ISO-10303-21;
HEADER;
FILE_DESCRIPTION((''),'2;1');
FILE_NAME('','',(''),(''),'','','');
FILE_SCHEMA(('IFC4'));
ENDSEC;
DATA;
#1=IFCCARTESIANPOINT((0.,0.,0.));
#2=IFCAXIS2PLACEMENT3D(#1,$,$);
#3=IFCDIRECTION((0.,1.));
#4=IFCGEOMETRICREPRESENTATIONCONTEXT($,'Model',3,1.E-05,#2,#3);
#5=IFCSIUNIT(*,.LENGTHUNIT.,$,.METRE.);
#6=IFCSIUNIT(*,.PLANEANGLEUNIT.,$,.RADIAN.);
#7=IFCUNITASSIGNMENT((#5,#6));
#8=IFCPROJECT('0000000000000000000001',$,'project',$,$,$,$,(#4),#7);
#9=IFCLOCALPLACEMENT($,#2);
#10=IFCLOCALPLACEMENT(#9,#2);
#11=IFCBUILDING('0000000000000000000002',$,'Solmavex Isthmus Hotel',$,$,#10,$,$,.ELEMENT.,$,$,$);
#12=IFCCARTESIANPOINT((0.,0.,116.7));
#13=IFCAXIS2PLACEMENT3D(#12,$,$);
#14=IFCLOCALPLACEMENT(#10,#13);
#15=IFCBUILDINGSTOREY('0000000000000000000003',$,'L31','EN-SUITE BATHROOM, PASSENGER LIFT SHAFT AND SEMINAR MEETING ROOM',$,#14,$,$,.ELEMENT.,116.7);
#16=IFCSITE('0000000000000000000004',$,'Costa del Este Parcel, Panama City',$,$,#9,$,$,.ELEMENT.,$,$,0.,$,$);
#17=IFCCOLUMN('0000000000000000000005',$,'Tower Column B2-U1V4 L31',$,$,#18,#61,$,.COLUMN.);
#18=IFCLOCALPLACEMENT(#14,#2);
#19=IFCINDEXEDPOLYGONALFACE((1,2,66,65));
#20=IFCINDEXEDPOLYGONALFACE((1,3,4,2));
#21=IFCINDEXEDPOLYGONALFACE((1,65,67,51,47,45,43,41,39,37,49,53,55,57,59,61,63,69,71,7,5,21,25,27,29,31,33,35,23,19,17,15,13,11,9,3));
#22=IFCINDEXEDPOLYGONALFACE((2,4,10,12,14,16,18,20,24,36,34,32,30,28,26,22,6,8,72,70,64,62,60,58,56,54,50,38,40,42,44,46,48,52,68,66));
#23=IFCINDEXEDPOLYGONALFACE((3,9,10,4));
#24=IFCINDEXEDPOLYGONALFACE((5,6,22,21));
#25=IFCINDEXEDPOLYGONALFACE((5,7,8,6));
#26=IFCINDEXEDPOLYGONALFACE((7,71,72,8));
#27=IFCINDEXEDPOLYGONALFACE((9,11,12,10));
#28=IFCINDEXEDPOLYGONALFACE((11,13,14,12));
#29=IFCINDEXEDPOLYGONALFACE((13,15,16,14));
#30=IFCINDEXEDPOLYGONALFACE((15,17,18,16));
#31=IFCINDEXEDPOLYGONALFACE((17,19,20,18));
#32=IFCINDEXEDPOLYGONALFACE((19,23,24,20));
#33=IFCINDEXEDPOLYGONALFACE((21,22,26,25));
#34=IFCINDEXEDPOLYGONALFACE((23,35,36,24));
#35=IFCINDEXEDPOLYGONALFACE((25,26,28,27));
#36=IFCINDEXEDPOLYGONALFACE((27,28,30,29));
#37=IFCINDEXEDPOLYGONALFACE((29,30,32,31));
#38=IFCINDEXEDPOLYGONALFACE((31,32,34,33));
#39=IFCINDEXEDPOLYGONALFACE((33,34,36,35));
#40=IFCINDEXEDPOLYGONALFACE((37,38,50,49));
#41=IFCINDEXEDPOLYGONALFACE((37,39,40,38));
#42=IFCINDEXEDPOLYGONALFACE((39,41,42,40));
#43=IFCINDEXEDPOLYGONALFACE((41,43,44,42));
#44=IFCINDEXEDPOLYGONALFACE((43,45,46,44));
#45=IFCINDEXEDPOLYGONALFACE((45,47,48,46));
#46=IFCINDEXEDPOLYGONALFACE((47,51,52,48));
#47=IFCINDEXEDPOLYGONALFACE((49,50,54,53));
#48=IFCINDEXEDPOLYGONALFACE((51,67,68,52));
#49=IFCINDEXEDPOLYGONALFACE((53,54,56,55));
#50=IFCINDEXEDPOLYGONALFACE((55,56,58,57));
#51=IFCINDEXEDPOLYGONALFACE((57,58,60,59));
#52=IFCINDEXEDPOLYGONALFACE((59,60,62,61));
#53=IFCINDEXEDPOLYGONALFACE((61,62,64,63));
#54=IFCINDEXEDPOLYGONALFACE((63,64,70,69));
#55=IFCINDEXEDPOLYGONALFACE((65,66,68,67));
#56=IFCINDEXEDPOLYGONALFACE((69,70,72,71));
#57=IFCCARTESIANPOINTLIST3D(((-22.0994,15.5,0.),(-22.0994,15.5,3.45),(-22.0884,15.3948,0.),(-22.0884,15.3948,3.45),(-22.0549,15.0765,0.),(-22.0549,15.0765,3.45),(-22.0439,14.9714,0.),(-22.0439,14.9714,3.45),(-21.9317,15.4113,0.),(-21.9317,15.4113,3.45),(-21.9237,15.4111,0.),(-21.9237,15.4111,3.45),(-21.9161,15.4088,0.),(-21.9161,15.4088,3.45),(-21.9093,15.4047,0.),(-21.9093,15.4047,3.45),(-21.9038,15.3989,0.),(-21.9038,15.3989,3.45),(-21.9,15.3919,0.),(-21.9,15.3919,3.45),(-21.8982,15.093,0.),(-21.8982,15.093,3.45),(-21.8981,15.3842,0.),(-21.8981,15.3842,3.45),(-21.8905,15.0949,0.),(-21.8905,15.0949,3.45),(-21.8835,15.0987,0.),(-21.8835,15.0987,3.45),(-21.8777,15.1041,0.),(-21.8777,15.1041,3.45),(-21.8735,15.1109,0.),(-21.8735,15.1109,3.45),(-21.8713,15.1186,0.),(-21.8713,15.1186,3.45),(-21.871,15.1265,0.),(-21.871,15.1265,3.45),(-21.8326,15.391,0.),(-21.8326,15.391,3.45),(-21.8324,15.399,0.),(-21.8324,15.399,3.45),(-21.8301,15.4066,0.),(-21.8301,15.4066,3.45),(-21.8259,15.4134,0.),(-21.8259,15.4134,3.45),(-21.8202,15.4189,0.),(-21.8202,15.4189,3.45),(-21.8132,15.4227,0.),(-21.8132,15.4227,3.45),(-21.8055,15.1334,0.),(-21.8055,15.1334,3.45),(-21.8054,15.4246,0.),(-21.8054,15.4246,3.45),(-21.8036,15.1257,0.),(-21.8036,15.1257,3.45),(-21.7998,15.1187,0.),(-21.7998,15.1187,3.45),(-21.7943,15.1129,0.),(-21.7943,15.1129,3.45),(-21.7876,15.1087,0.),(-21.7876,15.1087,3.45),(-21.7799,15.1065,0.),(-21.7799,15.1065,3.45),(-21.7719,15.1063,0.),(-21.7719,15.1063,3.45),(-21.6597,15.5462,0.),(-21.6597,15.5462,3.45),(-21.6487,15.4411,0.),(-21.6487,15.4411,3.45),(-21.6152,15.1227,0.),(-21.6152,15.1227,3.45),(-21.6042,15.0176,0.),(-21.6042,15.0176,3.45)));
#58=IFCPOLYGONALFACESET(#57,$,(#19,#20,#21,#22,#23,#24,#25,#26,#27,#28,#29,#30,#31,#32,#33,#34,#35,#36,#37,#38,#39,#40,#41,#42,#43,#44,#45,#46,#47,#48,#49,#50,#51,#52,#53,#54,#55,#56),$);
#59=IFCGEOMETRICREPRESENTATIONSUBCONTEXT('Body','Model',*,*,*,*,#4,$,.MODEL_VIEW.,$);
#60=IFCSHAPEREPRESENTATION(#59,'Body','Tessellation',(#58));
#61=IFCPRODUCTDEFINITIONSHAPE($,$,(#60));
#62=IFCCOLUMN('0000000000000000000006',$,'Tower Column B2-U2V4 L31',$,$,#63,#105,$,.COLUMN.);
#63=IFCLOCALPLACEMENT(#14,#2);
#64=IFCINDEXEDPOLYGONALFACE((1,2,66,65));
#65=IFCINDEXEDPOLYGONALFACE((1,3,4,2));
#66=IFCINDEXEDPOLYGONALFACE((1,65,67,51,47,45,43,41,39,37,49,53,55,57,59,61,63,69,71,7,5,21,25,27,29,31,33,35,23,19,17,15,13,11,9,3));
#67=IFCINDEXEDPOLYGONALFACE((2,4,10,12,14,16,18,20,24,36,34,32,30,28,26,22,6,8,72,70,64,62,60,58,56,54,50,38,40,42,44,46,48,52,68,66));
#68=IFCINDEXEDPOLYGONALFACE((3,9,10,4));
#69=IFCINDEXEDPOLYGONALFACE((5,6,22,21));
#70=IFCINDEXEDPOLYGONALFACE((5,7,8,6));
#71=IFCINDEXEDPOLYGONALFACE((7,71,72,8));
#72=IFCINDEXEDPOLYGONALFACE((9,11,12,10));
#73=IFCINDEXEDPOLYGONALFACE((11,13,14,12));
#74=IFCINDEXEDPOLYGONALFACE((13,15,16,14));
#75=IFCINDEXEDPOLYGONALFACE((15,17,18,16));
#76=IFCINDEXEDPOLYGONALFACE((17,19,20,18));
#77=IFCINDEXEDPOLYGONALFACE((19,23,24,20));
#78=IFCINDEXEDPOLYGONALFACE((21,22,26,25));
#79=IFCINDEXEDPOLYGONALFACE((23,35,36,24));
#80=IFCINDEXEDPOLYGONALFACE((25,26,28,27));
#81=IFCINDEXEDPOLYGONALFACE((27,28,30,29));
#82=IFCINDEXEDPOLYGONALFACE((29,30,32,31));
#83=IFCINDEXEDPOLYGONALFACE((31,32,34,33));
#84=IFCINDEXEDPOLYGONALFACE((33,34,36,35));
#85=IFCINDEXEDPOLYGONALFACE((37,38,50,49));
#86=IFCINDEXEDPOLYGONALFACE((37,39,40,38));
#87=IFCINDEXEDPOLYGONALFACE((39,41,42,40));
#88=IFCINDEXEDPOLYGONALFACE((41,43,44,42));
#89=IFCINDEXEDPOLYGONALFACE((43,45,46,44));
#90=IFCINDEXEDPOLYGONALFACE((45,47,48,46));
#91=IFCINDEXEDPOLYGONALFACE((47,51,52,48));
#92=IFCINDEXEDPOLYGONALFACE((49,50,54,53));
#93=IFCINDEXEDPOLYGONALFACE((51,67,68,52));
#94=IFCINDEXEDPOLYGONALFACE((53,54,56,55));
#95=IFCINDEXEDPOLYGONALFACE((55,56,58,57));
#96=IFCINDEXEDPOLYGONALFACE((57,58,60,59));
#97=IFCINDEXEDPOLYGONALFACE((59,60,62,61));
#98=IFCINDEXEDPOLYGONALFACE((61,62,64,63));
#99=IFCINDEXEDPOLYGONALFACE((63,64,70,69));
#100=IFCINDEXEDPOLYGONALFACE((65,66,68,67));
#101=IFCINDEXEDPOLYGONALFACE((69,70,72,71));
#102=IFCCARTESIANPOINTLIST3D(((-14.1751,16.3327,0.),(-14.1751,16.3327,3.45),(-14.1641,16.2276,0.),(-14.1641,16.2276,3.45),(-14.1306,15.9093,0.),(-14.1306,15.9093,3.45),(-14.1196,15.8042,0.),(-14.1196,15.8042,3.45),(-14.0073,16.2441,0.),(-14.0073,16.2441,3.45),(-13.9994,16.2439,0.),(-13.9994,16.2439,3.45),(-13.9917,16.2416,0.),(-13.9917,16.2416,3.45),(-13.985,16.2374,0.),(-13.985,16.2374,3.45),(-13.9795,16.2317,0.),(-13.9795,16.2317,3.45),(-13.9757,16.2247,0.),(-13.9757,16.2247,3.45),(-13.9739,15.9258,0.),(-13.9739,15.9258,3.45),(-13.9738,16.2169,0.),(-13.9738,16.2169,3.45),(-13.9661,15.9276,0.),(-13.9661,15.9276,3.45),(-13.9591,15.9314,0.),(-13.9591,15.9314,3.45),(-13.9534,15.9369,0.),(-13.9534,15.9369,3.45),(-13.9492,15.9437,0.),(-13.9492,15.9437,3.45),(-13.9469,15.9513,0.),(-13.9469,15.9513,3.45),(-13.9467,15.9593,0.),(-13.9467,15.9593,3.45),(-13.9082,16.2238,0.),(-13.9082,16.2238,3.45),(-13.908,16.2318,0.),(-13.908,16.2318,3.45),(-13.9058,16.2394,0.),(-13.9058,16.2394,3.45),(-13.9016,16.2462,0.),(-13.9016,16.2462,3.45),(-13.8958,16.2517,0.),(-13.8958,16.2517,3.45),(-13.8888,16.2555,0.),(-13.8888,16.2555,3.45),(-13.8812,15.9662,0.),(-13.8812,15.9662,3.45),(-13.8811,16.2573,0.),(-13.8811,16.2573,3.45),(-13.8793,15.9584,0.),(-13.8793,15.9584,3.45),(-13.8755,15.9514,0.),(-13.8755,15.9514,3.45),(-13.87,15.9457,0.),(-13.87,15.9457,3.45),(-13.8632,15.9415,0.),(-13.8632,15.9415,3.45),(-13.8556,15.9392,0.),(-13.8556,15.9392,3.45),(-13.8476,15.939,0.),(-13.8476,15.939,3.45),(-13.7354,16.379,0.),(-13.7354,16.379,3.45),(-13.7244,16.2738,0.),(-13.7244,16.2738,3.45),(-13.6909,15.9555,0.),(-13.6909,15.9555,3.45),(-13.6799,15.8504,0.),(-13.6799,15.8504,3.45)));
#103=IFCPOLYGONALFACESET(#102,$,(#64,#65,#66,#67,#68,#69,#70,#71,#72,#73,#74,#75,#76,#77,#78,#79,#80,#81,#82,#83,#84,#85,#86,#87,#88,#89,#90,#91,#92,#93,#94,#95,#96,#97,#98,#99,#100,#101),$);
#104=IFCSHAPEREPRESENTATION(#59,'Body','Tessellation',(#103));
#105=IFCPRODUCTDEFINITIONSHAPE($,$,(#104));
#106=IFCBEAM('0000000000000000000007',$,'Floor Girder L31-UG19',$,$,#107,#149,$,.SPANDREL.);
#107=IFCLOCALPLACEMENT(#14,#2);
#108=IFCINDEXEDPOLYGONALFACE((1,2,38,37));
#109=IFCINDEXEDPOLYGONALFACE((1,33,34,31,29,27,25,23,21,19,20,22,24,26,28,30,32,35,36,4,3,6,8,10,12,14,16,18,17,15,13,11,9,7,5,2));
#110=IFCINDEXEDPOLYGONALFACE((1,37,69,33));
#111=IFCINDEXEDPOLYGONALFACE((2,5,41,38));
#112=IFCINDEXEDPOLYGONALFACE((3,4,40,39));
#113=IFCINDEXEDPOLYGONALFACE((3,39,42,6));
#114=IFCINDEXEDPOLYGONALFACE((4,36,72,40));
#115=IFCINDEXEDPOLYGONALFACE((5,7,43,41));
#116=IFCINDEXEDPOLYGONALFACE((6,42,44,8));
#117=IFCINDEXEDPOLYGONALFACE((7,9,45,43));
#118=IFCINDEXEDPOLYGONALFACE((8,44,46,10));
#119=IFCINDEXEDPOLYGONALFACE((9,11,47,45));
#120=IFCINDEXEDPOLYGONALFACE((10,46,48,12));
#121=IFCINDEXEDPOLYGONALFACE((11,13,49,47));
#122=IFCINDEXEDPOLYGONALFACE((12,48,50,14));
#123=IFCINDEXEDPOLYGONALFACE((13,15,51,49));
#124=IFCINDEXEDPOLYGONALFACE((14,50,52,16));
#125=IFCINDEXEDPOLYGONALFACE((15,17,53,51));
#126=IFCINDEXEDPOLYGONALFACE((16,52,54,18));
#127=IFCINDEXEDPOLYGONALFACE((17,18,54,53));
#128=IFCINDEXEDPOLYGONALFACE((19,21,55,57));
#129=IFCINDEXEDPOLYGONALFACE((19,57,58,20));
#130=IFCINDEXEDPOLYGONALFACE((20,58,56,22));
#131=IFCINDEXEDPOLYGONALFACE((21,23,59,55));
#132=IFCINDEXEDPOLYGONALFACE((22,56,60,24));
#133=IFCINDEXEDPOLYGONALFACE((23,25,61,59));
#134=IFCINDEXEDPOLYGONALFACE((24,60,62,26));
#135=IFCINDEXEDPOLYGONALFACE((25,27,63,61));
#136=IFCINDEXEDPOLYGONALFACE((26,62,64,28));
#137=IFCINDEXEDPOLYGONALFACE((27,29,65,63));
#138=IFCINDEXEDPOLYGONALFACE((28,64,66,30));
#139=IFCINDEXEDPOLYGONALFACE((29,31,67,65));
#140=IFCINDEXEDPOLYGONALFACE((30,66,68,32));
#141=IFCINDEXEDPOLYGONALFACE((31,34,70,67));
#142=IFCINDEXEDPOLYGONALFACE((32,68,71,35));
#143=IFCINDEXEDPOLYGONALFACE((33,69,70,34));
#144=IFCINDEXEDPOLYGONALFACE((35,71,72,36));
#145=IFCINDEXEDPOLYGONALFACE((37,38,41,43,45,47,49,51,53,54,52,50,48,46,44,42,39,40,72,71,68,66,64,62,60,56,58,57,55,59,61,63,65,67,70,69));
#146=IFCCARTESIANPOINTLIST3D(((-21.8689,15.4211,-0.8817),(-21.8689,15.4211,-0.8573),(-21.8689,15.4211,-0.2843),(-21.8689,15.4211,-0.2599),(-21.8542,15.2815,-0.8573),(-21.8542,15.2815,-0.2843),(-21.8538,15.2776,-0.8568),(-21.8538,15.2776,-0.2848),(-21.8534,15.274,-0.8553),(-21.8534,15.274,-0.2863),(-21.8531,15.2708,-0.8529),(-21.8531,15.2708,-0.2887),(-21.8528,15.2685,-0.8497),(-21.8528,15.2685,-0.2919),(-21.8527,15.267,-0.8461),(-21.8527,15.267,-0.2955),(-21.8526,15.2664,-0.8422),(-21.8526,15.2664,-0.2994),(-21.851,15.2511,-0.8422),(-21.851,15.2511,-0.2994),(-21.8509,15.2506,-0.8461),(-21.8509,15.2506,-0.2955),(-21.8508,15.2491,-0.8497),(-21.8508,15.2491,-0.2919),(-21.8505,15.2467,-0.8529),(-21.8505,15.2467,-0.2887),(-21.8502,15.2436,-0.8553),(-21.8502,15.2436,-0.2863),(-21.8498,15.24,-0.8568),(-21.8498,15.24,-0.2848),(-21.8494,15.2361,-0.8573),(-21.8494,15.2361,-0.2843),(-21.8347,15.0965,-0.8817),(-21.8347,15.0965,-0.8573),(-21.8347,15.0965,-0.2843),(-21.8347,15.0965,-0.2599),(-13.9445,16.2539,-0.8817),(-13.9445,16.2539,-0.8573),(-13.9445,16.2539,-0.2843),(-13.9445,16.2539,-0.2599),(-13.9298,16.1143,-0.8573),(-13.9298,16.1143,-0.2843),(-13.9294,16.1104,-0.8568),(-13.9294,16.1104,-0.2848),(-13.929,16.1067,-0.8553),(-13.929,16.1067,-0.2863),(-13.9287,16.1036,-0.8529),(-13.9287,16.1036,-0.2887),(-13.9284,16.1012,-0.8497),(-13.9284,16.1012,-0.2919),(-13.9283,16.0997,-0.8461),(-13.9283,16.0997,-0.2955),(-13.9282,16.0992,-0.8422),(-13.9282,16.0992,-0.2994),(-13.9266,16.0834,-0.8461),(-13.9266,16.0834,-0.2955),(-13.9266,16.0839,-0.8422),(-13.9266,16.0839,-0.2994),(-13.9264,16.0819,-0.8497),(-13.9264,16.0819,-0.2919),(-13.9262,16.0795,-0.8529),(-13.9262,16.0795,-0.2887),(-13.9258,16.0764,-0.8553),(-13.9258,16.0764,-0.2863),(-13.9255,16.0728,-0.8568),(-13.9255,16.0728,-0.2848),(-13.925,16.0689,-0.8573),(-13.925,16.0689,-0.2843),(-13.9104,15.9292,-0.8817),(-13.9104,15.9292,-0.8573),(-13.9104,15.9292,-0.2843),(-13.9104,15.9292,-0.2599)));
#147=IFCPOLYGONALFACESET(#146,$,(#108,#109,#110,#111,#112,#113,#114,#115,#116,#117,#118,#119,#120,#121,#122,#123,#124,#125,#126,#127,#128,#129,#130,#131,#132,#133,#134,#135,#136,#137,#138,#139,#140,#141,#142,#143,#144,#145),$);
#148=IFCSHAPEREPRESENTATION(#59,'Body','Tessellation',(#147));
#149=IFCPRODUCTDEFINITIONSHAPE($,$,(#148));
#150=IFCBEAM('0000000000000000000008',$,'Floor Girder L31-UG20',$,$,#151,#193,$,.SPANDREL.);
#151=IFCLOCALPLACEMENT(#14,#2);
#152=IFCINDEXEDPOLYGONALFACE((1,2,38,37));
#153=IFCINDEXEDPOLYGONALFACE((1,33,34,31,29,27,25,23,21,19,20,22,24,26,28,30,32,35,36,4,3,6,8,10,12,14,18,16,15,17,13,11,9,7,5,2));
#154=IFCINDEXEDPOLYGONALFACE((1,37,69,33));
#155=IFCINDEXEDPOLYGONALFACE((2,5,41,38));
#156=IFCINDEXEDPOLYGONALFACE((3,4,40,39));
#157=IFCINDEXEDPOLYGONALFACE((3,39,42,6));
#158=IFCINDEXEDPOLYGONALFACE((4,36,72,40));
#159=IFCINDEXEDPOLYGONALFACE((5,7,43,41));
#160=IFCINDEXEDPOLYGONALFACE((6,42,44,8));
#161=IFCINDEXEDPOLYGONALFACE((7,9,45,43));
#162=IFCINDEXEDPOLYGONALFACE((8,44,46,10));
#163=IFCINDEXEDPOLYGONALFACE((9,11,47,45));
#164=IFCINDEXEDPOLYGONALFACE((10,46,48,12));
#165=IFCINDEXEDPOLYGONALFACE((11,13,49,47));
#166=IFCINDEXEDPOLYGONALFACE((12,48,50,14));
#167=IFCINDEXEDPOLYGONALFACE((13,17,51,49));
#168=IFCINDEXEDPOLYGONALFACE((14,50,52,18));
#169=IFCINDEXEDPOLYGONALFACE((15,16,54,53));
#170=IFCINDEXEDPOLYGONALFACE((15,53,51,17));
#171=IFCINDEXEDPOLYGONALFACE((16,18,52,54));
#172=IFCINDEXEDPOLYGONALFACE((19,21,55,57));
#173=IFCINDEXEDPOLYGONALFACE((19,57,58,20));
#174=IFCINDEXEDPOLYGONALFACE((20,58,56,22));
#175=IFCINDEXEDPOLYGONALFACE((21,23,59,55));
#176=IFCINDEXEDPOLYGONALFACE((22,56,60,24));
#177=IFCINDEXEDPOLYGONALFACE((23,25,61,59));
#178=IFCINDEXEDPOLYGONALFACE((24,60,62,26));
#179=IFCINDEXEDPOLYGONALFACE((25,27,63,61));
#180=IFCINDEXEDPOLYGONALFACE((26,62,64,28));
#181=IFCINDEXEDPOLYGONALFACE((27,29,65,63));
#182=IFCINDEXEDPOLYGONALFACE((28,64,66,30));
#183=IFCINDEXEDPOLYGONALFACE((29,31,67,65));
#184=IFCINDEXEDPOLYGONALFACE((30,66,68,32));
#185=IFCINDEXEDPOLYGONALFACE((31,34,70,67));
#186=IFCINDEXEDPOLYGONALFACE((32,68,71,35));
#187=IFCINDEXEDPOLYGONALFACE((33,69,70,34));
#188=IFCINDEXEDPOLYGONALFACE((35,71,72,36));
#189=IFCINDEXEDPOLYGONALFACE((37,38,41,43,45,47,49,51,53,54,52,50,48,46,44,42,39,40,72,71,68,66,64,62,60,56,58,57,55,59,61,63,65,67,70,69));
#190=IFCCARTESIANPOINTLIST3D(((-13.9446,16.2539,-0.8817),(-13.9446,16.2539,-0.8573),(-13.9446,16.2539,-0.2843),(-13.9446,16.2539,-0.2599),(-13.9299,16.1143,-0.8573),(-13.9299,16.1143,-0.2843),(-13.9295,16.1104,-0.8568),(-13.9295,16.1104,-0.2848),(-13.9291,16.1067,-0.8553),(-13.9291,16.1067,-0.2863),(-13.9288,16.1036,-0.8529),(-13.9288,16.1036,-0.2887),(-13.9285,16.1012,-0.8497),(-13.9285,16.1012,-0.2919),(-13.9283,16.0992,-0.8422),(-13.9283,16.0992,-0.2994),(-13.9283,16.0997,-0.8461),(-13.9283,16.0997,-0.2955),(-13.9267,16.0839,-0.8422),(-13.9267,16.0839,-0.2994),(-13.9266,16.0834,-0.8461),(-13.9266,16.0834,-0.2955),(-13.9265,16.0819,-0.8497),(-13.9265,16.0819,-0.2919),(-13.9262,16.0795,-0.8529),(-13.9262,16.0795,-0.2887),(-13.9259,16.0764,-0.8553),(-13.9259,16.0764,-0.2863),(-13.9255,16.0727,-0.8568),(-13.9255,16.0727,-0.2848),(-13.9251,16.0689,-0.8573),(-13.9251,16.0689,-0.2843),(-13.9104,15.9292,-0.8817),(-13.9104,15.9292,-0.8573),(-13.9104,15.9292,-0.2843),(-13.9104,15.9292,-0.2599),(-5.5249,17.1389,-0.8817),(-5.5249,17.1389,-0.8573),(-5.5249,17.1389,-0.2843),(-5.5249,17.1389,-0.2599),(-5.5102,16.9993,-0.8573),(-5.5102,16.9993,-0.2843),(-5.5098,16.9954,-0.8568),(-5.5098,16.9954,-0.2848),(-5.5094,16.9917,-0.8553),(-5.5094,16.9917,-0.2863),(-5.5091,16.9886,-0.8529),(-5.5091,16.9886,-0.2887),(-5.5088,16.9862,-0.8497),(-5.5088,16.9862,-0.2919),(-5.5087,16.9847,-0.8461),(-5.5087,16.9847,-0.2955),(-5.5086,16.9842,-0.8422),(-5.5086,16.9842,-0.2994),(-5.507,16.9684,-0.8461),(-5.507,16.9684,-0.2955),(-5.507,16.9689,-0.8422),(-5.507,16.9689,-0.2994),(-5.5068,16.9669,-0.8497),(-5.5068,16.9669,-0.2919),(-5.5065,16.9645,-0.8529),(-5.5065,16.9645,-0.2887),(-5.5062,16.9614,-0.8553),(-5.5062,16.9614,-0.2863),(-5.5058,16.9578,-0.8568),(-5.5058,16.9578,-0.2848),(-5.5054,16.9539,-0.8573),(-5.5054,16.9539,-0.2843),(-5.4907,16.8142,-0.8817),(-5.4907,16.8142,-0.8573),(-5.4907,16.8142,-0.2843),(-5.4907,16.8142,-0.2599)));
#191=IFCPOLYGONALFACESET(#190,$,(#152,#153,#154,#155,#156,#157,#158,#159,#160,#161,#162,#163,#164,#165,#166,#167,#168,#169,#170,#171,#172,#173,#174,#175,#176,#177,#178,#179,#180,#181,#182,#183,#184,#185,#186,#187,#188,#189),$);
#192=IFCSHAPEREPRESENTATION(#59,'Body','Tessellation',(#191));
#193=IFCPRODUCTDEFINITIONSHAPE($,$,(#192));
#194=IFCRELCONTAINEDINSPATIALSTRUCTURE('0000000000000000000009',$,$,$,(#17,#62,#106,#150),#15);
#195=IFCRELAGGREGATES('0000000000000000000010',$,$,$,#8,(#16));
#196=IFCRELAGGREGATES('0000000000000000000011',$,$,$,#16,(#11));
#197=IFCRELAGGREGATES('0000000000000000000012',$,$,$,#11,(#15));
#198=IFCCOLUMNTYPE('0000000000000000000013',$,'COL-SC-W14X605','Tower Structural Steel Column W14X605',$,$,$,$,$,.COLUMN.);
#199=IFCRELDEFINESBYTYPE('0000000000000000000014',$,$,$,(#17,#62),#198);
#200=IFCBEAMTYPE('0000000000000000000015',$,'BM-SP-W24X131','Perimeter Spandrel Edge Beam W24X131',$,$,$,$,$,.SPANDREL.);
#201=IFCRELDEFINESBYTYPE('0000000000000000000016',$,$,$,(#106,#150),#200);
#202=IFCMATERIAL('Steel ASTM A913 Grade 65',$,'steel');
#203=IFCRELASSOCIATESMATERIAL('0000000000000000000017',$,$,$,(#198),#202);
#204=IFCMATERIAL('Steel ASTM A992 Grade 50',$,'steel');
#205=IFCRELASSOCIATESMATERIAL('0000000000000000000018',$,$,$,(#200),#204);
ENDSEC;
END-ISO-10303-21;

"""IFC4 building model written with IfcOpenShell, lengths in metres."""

from ifc_helpers import new_model, si_unit, direction, frame, origin, origin_2d, place, context, subcontext, project, spatial, i_section, extrude, material, material_profile, profile_set, type_object, element, save


model = new_model("IFC4")

# Units and contexts
model_context = context("Model", 3, precision=1e-05, world=origin(), true_north=direction((0.0, 1.0)))
body_context = subcontext(model_context, "Body", "Model", "MODEL_VIEW")
ifc_project = project(units=[si_unit("LENGTHUNIT", "METRE"), si_unit("PLANEANGLEUNIT", "RADIAN")], contexts=[model_context])

# Site, building, storey
site_placement = place(None, origin())
site = spatial("IfcSite", under=ifc_project, at=site_placement, Name="Costa del Este Parcel, Panama City", CompositionType="ELEMENT", RefElevation=0.0)
building_placement = place(site_placement, origin())
building = spatial("IfcBuilding", under=site, at=building_placement, Name="Solmavex Isthmus Hotel", CompositionType="ELEMENT")
storey_placement = place(building_placement, frame((0.0, 0.0, 116.7)))
storey = spatial("IfcBuildingStorey", under=building, at=storey_placement, Name="L31", Description="EN-SUITE BATHROOM, PASSENGER LIFT SHAFT AND SEMINAR MEETING ROOM", CompositionType="ELEMENT", Elevation=116.7)

# Columns
ifc_material_1 = material(Name="Steel ASTM A913 Grade 65", Category="steel")
ifc_material_profile_1 = material_profile(ifc_material_1, i_section(OverallWidth=0.4421, OverallDepth=0.5315, WebThickness=0.0659, FlangeThickness=0.1057, FilletRadius=0.0305, at=origin_2d()), Name="W14X605")
ifc_profile_set_1 = profile_set([ifc_material_profile_1], Name="Steel ASTM A913 Grade 65")
column_type = type_object("IfcColumnType", Name="COL-SC-W14X605", Description="Tower Structural Steel Column W14X605", PredefinedType="COLUMN", material=ifc_profile_set_1)
for number, where, z_axis, x_axis, name in (
    (1, (-21.8518, 15.2588, 0.0), (0.0, 0.0, 1.0), (0.994522, 0.104528, 0.0), "Tower Column B2-U1V4 L31"),
    (2, (-13.9275, 16.0916, 0.0), (0.0, 0.0, 1.0), (0.994522, 0.104528, 0.0), "Tower Column B2-U2V4 L31"),
):
    element("IfcColumn", number, at=place(storey_placement, frame(where, z_axis=z_axis, x_axis=x_axis)), inside=storey, type_object=column_type, Name=name, PredefinedType="COLUMN", context=body_context, shape_type="SweptSolid", body=[
        extrude(i_section(OverallWidth=0.4421, OverallDepth=0.5315, WebThickness=0.0659, FlangeThickness=0.1057, FilletRadius=0.0305, at=origin_2d()), origin(), (0.0, 0.0, 1.0), 3.45),
    ])

# Beams
ifc_material_2 = material(Name="Steel ASTM A992 Grade 50", Category="steel")
ifc_material_profile_2 = material_profile(ifc_material_2, i_section(OverallWidth=0.3264, OverallDepth=0.6218, WebThickness=0.0154, FlangeThickness=0.0244, FilletRadius=0.0151, at=origin_2d()), Name="W24X131")
ifc_profile_set_2 = profile_set([ifc_material_profile_2], Name="Steel ASTM A992 Grade 50")
beam_type = type_object("IfcBeamType", Name="BM-SP-W24X131", Description="Perimeter Spandrel Edge Beam W24X131", PredefinedType="SPANDREL", material=ifc_profile_set_2)
beam_1_placement = place(storey_placement, frame((-21.8518, 15.2588, -0.5708), z_axis=(0.994523, 0.104514, 0.0), x_axis=(-0.104514, 0.994523, 0.0)))
element("IfcBeam", 3, at=beam_1_placement, inside=storey, type_object=beam_type, Name="Floor Girder L31-UG19", PredefinedType="SPANDREL", context=body_context, shape_type="SweptSolid", body=[
    extrude(i_section(OverallWidth=0.3264, OverallDepth=0.6218, WebThickness=0.0154, FlangeThickness=0.0244, FilletRadius=0.0151, at=origin_2d()), origin(), (0.0, 0.0, 1.0), 7.968),
])
beam_2_placement = place(storey_placement, frame((-13.9275, 16.0916, -0.5708), z_axis=(0.994521, 0.104536, 0.0), x_axis=(-0.104536, 0.994521, 0.0)))
element("IfcBeam", 4, at=beam_2_placement, inside=storey, type_object=beam_type, Name="Floor Girder L31-UG20", PredefinedType="SPANDREL", context=body_context, shape_type="SweptSolid", body=[
    extrude(i_section(OverallWidth=0.3264, OverallDepth=0.6218, WebThickness=0.0154, FlangeThickness=0.0244, FilletRadius=0.0151, at=origin_2d()), origin(), (0.0, 0.0, 1.0), 8.4661),
])

save(model, "model.ifc")
